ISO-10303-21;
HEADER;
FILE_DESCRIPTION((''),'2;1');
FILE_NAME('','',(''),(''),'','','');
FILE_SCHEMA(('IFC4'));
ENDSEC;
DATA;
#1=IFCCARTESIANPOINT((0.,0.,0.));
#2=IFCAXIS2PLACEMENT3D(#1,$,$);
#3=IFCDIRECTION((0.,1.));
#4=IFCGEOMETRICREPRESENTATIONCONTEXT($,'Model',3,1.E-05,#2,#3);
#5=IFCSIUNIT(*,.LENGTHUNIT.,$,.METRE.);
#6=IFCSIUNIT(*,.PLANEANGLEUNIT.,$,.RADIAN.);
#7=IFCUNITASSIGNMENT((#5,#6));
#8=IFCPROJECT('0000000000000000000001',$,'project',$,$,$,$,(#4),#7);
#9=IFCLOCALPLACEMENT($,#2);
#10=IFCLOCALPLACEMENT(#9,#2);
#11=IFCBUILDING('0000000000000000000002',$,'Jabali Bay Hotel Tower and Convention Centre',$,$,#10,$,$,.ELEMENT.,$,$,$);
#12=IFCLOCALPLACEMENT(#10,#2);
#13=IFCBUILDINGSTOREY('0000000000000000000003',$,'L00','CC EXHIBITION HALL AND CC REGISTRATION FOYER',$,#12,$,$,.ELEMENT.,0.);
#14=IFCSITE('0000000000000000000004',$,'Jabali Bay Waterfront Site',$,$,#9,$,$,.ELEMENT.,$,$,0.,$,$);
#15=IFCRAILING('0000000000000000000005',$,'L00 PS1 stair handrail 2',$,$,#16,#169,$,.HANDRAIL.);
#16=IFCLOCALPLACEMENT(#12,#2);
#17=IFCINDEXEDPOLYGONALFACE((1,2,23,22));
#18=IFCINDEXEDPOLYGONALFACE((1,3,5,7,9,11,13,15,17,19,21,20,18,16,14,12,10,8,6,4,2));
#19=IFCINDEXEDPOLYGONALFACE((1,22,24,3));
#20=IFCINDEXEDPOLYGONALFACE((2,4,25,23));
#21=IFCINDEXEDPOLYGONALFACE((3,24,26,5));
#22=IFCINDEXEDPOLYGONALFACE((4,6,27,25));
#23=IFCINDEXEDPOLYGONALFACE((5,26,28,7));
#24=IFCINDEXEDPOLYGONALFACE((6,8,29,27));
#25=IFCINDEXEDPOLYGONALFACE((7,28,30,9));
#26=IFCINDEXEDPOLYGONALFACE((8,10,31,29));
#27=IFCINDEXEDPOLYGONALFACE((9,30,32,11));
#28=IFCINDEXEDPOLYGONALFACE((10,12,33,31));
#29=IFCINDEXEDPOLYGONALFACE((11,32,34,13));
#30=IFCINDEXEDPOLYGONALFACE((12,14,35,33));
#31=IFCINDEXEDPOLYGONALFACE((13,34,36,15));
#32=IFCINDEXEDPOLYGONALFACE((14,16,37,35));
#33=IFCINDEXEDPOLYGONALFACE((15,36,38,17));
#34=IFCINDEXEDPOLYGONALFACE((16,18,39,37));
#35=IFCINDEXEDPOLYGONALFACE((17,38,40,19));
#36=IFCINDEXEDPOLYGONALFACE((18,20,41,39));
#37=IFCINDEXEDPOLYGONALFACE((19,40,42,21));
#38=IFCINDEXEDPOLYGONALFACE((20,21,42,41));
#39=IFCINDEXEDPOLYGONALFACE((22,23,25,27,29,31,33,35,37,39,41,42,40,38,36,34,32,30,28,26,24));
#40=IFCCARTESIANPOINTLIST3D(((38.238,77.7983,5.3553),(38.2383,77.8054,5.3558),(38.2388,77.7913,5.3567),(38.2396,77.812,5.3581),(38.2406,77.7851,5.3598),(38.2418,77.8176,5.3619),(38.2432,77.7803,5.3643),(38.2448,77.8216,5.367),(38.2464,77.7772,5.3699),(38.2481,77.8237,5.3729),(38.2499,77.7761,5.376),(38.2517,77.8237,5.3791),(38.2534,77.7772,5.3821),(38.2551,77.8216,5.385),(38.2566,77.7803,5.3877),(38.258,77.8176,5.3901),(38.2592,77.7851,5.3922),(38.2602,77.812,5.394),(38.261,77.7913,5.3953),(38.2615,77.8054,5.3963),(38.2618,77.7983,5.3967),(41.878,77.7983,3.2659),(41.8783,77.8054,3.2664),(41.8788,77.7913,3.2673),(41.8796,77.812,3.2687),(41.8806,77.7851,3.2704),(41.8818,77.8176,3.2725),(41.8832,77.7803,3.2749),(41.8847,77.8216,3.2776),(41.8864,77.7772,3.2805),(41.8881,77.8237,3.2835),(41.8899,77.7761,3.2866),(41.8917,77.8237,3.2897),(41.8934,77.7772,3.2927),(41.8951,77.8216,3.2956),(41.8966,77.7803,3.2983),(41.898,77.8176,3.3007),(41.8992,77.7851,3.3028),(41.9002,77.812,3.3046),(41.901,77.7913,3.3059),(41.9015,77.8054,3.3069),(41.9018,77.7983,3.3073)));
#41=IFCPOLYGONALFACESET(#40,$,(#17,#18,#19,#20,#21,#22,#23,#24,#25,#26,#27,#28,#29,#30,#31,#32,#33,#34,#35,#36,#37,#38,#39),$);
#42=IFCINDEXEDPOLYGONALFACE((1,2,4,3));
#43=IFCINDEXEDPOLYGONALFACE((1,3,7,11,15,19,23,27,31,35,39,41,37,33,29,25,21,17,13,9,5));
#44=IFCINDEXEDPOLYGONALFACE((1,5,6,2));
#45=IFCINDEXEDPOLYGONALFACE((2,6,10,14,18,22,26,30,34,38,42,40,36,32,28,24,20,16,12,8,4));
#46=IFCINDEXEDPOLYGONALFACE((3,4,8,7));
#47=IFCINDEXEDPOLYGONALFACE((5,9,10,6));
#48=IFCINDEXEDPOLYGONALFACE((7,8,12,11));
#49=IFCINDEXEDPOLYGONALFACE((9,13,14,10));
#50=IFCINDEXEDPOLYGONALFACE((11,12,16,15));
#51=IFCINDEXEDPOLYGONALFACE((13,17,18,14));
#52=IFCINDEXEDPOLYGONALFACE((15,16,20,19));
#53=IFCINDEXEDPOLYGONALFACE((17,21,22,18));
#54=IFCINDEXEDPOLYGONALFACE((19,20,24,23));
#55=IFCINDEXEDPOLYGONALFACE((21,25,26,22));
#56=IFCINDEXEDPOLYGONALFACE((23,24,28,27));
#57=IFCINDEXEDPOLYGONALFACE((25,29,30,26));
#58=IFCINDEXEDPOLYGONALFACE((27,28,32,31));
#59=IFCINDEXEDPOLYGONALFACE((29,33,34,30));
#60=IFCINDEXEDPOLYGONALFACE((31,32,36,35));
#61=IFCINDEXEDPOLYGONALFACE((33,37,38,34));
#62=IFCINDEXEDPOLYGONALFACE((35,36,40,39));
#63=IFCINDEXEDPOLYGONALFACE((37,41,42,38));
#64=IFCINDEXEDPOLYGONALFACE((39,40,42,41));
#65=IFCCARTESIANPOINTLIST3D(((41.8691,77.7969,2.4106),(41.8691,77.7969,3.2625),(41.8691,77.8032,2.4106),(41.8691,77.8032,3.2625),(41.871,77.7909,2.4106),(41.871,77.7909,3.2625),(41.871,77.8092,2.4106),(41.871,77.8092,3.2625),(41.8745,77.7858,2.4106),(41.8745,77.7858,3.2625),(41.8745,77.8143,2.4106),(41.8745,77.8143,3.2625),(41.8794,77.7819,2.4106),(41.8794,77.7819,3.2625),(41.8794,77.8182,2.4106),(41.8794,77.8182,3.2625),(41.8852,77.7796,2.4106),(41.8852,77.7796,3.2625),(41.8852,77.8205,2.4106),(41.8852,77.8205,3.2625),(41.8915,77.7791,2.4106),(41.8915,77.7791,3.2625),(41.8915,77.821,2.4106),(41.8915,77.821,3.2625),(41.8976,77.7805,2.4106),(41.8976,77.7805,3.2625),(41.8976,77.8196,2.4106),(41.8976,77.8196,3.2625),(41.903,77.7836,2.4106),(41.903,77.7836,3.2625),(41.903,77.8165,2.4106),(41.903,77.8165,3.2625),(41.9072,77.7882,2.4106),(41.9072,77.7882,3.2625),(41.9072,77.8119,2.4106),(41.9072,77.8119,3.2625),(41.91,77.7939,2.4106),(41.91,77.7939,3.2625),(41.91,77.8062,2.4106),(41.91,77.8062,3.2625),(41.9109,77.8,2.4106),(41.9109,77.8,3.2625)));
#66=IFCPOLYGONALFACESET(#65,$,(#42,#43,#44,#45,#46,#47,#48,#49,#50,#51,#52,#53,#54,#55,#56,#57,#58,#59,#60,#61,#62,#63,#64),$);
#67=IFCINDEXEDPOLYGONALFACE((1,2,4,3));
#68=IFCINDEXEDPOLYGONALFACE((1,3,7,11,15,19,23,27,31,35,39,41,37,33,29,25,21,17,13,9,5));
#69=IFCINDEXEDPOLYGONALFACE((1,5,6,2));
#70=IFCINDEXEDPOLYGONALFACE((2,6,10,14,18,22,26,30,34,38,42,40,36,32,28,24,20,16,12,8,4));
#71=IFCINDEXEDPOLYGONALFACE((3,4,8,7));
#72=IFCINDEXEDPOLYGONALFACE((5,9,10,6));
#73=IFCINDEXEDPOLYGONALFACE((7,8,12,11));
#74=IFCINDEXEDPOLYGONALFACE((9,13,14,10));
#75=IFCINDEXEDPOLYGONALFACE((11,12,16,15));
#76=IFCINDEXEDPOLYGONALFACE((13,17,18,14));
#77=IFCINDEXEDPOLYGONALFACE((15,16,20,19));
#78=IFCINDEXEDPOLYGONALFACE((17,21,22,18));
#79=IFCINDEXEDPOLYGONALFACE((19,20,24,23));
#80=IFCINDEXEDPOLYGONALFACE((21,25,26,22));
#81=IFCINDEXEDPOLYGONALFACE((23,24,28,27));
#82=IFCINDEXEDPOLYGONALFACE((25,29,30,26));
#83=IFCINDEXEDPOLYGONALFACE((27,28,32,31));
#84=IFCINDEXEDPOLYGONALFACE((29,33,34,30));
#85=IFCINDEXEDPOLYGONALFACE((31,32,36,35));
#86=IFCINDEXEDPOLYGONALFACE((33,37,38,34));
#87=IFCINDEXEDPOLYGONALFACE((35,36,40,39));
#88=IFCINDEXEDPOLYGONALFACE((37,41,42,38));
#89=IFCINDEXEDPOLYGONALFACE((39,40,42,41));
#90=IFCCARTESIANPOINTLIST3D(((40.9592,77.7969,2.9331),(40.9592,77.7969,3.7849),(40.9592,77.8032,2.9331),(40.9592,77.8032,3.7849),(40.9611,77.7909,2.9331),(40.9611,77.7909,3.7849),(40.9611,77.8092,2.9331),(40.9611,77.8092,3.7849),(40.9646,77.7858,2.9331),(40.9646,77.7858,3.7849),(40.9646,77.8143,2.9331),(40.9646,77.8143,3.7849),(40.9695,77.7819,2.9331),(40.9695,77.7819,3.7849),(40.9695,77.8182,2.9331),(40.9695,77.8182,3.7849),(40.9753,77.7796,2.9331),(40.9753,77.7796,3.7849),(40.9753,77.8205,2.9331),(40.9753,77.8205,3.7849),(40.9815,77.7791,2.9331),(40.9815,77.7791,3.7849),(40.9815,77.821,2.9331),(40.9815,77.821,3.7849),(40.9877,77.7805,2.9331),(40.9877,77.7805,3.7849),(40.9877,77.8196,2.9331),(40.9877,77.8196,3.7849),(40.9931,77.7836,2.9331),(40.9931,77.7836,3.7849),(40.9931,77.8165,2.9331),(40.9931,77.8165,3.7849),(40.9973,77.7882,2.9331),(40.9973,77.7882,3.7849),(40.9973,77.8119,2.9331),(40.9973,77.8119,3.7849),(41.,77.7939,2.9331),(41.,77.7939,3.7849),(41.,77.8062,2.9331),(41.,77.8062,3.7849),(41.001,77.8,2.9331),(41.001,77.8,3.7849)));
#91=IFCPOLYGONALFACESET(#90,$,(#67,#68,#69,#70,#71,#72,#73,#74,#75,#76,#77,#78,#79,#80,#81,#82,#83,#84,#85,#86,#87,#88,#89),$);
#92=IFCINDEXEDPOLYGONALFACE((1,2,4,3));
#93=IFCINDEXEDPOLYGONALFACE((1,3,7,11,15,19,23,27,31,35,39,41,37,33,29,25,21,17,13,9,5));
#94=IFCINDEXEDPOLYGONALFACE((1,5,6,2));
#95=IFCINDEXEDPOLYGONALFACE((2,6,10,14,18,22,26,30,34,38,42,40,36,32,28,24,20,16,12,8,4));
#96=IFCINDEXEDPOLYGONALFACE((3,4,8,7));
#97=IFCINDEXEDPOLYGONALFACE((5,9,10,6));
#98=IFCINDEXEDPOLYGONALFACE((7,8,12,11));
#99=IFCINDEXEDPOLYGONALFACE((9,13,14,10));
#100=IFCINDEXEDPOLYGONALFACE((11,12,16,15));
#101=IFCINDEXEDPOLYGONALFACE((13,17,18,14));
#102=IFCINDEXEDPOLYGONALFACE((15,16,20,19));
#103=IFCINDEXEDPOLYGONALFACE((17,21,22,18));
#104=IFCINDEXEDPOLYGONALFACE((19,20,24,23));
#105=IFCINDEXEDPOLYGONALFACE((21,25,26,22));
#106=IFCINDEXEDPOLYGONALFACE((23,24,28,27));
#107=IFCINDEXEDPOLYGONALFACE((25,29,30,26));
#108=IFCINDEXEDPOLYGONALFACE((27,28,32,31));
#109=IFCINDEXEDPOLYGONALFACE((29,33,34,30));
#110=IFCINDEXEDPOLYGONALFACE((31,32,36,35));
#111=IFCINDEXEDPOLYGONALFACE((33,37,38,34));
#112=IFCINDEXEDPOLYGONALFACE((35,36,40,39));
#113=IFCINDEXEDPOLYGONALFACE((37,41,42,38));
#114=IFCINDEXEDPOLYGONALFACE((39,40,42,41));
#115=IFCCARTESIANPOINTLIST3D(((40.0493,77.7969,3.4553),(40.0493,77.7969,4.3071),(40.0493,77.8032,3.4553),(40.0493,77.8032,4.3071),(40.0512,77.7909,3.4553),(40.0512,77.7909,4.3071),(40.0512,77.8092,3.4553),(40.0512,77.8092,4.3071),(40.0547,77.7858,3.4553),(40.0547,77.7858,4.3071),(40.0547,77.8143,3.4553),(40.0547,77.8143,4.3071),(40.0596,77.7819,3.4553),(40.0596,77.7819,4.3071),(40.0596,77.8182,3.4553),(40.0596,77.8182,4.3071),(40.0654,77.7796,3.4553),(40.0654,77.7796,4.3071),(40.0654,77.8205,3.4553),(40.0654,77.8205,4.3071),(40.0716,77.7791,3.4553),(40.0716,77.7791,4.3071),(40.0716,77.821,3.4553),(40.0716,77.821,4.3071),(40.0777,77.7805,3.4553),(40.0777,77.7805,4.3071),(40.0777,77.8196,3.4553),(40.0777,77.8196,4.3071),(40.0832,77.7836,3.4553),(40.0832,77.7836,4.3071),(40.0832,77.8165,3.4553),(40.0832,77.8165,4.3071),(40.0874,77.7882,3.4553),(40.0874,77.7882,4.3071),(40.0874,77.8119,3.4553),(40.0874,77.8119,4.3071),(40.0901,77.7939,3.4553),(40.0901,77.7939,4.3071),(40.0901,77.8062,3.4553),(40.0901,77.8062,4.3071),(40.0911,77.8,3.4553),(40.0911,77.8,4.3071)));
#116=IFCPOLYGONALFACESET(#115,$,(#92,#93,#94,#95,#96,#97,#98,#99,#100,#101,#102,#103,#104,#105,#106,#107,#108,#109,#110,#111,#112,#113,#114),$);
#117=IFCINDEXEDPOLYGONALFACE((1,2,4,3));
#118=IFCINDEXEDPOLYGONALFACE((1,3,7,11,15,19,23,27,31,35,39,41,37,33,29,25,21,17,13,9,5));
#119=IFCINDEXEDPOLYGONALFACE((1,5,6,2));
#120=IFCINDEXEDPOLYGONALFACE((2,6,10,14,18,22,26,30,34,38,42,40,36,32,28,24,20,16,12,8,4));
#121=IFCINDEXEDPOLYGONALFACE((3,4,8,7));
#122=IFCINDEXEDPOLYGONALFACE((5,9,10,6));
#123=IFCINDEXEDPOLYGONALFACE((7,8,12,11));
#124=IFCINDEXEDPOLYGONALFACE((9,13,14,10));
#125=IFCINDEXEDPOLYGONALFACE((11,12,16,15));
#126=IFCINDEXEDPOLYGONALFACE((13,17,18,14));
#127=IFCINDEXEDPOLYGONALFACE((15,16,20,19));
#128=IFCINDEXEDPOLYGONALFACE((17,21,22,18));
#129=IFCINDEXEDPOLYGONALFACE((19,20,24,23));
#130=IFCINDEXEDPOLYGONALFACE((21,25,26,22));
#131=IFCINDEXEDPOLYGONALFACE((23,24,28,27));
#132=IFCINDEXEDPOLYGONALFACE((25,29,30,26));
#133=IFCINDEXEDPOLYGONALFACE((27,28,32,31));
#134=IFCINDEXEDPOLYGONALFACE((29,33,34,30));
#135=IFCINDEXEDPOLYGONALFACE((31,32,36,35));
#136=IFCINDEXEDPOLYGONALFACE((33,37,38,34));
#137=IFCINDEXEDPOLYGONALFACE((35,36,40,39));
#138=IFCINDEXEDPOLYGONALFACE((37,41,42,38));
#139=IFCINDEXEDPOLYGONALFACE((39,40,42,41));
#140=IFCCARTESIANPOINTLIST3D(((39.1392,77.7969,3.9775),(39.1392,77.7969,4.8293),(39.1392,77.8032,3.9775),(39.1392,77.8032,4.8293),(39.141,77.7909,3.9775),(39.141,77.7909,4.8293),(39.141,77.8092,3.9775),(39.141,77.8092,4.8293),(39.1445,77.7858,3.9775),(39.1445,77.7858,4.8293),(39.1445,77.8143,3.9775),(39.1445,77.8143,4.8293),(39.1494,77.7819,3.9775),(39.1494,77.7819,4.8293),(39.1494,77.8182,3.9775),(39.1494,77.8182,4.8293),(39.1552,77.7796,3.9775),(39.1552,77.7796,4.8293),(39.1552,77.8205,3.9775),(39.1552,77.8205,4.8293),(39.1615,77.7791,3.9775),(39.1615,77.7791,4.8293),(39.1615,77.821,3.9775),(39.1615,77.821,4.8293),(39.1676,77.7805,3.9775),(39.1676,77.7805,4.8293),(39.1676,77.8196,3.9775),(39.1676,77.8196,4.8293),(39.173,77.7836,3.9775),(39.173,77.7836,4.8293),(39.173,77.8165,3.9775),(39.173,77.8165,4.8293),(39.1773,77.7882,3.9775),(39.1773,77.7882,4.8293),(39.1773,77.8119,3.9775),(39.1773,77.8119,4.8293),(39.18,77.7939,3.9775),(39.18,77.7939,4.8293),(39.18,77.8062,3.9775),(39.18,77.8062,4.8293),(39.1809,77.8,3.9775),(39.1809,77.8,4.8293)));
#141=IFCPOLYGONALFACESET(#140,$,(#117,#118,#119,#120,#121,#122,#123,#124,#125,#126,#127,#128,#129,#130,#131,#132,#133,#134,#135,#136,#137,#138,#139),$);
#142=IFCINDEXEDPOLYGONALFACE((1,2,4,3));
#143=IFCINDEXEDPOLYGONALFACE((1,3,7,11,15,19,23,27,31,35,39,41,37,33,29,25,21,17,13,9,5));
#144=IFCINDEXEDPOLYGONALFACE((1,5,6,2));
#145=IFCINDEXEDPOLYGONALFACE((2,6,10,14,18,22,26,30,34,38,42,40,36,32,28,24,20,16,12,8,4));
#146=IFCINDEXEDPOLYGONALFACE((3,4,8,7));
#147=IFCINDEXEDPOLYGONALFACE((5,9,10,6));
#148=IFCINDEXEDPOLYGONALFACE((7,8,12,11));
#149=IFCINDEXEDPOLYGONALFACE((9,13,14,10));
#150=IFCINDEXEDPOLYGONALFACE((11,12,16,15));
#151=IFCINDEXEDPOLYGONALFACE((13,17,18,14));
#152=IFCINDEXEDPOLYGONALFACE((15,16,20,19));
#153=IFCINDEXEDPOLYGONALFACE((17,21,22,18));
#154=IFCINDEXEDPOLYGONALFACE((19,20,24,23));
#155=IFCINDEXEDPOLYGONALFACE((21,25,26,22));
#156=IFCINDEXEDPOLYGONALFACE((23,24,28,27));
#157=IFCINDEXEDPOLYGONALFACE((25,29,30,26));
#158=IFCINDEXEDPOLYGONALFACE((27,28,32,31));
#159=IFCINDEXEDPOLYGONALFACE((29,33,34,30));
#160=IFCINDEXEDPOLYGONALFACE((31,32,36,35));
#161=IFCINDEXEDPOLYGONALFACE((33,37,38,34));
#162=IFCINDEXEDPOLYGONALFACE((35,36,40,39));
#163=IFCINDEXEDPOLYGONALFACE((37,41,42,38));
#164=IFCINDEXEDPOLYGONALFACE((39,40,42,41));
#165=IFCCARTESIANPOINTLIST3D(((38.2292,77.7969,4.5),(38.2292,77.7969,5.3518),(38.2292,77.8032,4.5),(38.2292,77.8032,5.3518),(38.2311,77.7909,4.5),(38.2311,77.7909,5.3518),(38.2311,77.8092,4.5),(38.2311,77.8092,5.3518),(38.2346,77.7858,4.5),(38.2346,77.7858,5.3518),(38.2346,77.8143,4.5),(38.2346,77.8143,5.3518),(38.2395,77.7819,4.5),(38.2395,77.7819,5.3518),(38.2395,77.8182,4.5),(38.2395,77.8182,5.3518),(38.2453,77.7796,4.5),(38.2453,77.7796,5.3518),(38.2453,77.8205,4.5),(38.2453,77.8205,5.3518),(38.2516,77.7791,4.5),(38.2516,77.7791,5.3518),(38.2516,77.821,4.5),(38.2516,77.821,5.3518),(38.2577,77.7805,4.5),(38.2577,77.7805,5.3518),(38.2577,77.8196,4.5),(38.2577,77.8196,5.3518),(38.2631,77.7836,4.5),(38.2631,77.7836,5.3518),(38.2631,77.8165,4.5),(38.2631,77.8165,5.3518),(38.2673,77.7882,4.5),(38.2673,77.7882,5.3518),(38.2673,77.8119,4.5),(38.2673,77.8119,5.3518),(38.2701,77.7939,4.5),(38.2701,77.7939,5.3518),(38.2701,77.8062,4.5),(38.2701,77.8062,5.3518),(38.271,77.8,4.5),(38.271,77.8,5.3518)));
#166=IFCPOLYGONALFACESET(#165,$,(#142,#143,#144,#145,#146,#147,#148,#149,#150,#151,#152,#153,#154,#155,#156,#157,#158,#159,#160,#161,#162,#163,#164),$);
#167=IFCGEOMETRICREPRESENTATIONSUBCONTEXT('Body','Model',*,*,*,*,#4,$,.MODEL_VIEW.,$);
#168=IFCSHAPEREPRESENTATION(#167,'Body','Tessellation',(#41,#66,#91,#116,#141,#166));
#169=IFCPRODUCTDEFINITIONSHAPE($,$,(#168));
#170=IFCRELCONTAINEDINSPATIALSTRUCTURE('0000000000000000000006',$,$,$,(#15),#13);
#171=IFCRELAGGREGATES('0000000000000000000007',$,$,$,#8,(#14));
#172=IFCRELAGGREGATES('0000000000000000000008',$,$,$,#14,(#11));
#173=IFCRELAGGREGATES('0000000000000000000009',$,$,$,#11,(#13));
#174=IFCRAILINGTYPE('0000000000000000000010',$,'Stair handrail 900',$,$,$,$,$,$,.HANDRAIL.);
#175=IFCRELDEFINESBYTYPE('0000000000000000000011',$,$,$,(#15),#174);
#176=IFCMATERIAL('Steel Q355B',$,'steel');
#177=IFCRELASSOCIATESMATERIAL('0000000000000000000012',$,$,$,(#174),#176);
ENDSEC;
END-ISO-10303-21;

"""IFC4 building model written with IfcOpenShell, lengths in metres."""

from ifc_helpers import new_model, si_unit, direction, frame, origin, origin_2d, place, context, subcontext, project, spatial, circle, extrude, material, type_object, element, save


model = new_model("IFC4")

# Units and contexts
model_context = context("Model", 3, precision=1e-05, world=origin(), true_north=direction((0.0, 1.0)))
body_context = subcontext(model_context, "Body", "Model", "MODEL_VIEW")
ifc_project = project(units=[si_unit("LENGTHUNIT", "METRE"), si_unit("PLANEANGLEUNIT", "RADIAN")], contexts=[model_context])

# Site, building, storey
site_placement = place(None, origin())
site = spatial("IfcSite", under=ifc_project, at=site_placement, Name="Jabali Bay Waterfront Site", CompositionType="ELEMENT", RefElevation=0.0)
building_placement = place(site_placement, origin())
building = spatial("IfcBuilding", under=site, at=building_placement, Name="Jabali Bay Hotel Tower and Convention Centre", CompositionType="ELEMENT")
storey_placement = place(building_placement, origin())
storey = spatial("IfcBuildingStorey", under=building, at=storey_placement, Name="L00", Description="CC EXHIBITION HALL AND CC REGISTRATION FOYER", CompositionType="ELEMENT", Elevation=0.0)

# Railing
ifc_material_1 = material(Name="Steel Q355B", Category="steel")
railing_type_1 = type_object("IfcRailingType", Name="Stair handrail 900", PredefinedType="HANDRAIL", material=ifc_material_1)
for number, where, name in (
    (1, (41.8899, 77.8, 2.4106), "L00 PS1 stair handrail 2"),
):
    element("IfcRailing", number, at=place(storey_placement, frame(where)), inside=storey, type_object=railing_type_1, Name=name, PredefinedType="HANDRAIL", context=body_context, shape_type="SweptSolid", body=[
        extrude(circle(Radius=0.0239, at=origin_2d()), frame((0.0, 0.0, 0.876), z_axis=(-0.867275, 0.0, 0.497829), x_axis=(0.0, -1.0, 0.0)), (0.0, 0.0, 1.0), 4.197),
        extrude(circle(Radius=0.021, at=origin_2d()), origin(), (0.0, 0.0, 1.0), 0.8518),
        extrude(circle(Radius=0.021, at=origin_2d()), frame((-0.9099, 0.0, 0.5225)), (0.0, 0.0, 1.0), 0.8518),
        extrude(circle(Radius=0.021, at=origin_2d()), frame((-1.8198, 0.0, 1.0447)), (0.0, 0.0, 1.0), 0.8518),
        extrude(circle(Radius=0.021, at=origin_2d()), frame((-2.73, 0.0, 1.5669)), (0.0, 0.0, 1.0), 0.8518),
        extrude(circle(Radius=0.021, at=origin_2d()), frame((-3.6399, 0.0, 2.0894)), (0.0, 0.0, 1.0), 0.8518),
    ])

save(model, "model.ifc")
